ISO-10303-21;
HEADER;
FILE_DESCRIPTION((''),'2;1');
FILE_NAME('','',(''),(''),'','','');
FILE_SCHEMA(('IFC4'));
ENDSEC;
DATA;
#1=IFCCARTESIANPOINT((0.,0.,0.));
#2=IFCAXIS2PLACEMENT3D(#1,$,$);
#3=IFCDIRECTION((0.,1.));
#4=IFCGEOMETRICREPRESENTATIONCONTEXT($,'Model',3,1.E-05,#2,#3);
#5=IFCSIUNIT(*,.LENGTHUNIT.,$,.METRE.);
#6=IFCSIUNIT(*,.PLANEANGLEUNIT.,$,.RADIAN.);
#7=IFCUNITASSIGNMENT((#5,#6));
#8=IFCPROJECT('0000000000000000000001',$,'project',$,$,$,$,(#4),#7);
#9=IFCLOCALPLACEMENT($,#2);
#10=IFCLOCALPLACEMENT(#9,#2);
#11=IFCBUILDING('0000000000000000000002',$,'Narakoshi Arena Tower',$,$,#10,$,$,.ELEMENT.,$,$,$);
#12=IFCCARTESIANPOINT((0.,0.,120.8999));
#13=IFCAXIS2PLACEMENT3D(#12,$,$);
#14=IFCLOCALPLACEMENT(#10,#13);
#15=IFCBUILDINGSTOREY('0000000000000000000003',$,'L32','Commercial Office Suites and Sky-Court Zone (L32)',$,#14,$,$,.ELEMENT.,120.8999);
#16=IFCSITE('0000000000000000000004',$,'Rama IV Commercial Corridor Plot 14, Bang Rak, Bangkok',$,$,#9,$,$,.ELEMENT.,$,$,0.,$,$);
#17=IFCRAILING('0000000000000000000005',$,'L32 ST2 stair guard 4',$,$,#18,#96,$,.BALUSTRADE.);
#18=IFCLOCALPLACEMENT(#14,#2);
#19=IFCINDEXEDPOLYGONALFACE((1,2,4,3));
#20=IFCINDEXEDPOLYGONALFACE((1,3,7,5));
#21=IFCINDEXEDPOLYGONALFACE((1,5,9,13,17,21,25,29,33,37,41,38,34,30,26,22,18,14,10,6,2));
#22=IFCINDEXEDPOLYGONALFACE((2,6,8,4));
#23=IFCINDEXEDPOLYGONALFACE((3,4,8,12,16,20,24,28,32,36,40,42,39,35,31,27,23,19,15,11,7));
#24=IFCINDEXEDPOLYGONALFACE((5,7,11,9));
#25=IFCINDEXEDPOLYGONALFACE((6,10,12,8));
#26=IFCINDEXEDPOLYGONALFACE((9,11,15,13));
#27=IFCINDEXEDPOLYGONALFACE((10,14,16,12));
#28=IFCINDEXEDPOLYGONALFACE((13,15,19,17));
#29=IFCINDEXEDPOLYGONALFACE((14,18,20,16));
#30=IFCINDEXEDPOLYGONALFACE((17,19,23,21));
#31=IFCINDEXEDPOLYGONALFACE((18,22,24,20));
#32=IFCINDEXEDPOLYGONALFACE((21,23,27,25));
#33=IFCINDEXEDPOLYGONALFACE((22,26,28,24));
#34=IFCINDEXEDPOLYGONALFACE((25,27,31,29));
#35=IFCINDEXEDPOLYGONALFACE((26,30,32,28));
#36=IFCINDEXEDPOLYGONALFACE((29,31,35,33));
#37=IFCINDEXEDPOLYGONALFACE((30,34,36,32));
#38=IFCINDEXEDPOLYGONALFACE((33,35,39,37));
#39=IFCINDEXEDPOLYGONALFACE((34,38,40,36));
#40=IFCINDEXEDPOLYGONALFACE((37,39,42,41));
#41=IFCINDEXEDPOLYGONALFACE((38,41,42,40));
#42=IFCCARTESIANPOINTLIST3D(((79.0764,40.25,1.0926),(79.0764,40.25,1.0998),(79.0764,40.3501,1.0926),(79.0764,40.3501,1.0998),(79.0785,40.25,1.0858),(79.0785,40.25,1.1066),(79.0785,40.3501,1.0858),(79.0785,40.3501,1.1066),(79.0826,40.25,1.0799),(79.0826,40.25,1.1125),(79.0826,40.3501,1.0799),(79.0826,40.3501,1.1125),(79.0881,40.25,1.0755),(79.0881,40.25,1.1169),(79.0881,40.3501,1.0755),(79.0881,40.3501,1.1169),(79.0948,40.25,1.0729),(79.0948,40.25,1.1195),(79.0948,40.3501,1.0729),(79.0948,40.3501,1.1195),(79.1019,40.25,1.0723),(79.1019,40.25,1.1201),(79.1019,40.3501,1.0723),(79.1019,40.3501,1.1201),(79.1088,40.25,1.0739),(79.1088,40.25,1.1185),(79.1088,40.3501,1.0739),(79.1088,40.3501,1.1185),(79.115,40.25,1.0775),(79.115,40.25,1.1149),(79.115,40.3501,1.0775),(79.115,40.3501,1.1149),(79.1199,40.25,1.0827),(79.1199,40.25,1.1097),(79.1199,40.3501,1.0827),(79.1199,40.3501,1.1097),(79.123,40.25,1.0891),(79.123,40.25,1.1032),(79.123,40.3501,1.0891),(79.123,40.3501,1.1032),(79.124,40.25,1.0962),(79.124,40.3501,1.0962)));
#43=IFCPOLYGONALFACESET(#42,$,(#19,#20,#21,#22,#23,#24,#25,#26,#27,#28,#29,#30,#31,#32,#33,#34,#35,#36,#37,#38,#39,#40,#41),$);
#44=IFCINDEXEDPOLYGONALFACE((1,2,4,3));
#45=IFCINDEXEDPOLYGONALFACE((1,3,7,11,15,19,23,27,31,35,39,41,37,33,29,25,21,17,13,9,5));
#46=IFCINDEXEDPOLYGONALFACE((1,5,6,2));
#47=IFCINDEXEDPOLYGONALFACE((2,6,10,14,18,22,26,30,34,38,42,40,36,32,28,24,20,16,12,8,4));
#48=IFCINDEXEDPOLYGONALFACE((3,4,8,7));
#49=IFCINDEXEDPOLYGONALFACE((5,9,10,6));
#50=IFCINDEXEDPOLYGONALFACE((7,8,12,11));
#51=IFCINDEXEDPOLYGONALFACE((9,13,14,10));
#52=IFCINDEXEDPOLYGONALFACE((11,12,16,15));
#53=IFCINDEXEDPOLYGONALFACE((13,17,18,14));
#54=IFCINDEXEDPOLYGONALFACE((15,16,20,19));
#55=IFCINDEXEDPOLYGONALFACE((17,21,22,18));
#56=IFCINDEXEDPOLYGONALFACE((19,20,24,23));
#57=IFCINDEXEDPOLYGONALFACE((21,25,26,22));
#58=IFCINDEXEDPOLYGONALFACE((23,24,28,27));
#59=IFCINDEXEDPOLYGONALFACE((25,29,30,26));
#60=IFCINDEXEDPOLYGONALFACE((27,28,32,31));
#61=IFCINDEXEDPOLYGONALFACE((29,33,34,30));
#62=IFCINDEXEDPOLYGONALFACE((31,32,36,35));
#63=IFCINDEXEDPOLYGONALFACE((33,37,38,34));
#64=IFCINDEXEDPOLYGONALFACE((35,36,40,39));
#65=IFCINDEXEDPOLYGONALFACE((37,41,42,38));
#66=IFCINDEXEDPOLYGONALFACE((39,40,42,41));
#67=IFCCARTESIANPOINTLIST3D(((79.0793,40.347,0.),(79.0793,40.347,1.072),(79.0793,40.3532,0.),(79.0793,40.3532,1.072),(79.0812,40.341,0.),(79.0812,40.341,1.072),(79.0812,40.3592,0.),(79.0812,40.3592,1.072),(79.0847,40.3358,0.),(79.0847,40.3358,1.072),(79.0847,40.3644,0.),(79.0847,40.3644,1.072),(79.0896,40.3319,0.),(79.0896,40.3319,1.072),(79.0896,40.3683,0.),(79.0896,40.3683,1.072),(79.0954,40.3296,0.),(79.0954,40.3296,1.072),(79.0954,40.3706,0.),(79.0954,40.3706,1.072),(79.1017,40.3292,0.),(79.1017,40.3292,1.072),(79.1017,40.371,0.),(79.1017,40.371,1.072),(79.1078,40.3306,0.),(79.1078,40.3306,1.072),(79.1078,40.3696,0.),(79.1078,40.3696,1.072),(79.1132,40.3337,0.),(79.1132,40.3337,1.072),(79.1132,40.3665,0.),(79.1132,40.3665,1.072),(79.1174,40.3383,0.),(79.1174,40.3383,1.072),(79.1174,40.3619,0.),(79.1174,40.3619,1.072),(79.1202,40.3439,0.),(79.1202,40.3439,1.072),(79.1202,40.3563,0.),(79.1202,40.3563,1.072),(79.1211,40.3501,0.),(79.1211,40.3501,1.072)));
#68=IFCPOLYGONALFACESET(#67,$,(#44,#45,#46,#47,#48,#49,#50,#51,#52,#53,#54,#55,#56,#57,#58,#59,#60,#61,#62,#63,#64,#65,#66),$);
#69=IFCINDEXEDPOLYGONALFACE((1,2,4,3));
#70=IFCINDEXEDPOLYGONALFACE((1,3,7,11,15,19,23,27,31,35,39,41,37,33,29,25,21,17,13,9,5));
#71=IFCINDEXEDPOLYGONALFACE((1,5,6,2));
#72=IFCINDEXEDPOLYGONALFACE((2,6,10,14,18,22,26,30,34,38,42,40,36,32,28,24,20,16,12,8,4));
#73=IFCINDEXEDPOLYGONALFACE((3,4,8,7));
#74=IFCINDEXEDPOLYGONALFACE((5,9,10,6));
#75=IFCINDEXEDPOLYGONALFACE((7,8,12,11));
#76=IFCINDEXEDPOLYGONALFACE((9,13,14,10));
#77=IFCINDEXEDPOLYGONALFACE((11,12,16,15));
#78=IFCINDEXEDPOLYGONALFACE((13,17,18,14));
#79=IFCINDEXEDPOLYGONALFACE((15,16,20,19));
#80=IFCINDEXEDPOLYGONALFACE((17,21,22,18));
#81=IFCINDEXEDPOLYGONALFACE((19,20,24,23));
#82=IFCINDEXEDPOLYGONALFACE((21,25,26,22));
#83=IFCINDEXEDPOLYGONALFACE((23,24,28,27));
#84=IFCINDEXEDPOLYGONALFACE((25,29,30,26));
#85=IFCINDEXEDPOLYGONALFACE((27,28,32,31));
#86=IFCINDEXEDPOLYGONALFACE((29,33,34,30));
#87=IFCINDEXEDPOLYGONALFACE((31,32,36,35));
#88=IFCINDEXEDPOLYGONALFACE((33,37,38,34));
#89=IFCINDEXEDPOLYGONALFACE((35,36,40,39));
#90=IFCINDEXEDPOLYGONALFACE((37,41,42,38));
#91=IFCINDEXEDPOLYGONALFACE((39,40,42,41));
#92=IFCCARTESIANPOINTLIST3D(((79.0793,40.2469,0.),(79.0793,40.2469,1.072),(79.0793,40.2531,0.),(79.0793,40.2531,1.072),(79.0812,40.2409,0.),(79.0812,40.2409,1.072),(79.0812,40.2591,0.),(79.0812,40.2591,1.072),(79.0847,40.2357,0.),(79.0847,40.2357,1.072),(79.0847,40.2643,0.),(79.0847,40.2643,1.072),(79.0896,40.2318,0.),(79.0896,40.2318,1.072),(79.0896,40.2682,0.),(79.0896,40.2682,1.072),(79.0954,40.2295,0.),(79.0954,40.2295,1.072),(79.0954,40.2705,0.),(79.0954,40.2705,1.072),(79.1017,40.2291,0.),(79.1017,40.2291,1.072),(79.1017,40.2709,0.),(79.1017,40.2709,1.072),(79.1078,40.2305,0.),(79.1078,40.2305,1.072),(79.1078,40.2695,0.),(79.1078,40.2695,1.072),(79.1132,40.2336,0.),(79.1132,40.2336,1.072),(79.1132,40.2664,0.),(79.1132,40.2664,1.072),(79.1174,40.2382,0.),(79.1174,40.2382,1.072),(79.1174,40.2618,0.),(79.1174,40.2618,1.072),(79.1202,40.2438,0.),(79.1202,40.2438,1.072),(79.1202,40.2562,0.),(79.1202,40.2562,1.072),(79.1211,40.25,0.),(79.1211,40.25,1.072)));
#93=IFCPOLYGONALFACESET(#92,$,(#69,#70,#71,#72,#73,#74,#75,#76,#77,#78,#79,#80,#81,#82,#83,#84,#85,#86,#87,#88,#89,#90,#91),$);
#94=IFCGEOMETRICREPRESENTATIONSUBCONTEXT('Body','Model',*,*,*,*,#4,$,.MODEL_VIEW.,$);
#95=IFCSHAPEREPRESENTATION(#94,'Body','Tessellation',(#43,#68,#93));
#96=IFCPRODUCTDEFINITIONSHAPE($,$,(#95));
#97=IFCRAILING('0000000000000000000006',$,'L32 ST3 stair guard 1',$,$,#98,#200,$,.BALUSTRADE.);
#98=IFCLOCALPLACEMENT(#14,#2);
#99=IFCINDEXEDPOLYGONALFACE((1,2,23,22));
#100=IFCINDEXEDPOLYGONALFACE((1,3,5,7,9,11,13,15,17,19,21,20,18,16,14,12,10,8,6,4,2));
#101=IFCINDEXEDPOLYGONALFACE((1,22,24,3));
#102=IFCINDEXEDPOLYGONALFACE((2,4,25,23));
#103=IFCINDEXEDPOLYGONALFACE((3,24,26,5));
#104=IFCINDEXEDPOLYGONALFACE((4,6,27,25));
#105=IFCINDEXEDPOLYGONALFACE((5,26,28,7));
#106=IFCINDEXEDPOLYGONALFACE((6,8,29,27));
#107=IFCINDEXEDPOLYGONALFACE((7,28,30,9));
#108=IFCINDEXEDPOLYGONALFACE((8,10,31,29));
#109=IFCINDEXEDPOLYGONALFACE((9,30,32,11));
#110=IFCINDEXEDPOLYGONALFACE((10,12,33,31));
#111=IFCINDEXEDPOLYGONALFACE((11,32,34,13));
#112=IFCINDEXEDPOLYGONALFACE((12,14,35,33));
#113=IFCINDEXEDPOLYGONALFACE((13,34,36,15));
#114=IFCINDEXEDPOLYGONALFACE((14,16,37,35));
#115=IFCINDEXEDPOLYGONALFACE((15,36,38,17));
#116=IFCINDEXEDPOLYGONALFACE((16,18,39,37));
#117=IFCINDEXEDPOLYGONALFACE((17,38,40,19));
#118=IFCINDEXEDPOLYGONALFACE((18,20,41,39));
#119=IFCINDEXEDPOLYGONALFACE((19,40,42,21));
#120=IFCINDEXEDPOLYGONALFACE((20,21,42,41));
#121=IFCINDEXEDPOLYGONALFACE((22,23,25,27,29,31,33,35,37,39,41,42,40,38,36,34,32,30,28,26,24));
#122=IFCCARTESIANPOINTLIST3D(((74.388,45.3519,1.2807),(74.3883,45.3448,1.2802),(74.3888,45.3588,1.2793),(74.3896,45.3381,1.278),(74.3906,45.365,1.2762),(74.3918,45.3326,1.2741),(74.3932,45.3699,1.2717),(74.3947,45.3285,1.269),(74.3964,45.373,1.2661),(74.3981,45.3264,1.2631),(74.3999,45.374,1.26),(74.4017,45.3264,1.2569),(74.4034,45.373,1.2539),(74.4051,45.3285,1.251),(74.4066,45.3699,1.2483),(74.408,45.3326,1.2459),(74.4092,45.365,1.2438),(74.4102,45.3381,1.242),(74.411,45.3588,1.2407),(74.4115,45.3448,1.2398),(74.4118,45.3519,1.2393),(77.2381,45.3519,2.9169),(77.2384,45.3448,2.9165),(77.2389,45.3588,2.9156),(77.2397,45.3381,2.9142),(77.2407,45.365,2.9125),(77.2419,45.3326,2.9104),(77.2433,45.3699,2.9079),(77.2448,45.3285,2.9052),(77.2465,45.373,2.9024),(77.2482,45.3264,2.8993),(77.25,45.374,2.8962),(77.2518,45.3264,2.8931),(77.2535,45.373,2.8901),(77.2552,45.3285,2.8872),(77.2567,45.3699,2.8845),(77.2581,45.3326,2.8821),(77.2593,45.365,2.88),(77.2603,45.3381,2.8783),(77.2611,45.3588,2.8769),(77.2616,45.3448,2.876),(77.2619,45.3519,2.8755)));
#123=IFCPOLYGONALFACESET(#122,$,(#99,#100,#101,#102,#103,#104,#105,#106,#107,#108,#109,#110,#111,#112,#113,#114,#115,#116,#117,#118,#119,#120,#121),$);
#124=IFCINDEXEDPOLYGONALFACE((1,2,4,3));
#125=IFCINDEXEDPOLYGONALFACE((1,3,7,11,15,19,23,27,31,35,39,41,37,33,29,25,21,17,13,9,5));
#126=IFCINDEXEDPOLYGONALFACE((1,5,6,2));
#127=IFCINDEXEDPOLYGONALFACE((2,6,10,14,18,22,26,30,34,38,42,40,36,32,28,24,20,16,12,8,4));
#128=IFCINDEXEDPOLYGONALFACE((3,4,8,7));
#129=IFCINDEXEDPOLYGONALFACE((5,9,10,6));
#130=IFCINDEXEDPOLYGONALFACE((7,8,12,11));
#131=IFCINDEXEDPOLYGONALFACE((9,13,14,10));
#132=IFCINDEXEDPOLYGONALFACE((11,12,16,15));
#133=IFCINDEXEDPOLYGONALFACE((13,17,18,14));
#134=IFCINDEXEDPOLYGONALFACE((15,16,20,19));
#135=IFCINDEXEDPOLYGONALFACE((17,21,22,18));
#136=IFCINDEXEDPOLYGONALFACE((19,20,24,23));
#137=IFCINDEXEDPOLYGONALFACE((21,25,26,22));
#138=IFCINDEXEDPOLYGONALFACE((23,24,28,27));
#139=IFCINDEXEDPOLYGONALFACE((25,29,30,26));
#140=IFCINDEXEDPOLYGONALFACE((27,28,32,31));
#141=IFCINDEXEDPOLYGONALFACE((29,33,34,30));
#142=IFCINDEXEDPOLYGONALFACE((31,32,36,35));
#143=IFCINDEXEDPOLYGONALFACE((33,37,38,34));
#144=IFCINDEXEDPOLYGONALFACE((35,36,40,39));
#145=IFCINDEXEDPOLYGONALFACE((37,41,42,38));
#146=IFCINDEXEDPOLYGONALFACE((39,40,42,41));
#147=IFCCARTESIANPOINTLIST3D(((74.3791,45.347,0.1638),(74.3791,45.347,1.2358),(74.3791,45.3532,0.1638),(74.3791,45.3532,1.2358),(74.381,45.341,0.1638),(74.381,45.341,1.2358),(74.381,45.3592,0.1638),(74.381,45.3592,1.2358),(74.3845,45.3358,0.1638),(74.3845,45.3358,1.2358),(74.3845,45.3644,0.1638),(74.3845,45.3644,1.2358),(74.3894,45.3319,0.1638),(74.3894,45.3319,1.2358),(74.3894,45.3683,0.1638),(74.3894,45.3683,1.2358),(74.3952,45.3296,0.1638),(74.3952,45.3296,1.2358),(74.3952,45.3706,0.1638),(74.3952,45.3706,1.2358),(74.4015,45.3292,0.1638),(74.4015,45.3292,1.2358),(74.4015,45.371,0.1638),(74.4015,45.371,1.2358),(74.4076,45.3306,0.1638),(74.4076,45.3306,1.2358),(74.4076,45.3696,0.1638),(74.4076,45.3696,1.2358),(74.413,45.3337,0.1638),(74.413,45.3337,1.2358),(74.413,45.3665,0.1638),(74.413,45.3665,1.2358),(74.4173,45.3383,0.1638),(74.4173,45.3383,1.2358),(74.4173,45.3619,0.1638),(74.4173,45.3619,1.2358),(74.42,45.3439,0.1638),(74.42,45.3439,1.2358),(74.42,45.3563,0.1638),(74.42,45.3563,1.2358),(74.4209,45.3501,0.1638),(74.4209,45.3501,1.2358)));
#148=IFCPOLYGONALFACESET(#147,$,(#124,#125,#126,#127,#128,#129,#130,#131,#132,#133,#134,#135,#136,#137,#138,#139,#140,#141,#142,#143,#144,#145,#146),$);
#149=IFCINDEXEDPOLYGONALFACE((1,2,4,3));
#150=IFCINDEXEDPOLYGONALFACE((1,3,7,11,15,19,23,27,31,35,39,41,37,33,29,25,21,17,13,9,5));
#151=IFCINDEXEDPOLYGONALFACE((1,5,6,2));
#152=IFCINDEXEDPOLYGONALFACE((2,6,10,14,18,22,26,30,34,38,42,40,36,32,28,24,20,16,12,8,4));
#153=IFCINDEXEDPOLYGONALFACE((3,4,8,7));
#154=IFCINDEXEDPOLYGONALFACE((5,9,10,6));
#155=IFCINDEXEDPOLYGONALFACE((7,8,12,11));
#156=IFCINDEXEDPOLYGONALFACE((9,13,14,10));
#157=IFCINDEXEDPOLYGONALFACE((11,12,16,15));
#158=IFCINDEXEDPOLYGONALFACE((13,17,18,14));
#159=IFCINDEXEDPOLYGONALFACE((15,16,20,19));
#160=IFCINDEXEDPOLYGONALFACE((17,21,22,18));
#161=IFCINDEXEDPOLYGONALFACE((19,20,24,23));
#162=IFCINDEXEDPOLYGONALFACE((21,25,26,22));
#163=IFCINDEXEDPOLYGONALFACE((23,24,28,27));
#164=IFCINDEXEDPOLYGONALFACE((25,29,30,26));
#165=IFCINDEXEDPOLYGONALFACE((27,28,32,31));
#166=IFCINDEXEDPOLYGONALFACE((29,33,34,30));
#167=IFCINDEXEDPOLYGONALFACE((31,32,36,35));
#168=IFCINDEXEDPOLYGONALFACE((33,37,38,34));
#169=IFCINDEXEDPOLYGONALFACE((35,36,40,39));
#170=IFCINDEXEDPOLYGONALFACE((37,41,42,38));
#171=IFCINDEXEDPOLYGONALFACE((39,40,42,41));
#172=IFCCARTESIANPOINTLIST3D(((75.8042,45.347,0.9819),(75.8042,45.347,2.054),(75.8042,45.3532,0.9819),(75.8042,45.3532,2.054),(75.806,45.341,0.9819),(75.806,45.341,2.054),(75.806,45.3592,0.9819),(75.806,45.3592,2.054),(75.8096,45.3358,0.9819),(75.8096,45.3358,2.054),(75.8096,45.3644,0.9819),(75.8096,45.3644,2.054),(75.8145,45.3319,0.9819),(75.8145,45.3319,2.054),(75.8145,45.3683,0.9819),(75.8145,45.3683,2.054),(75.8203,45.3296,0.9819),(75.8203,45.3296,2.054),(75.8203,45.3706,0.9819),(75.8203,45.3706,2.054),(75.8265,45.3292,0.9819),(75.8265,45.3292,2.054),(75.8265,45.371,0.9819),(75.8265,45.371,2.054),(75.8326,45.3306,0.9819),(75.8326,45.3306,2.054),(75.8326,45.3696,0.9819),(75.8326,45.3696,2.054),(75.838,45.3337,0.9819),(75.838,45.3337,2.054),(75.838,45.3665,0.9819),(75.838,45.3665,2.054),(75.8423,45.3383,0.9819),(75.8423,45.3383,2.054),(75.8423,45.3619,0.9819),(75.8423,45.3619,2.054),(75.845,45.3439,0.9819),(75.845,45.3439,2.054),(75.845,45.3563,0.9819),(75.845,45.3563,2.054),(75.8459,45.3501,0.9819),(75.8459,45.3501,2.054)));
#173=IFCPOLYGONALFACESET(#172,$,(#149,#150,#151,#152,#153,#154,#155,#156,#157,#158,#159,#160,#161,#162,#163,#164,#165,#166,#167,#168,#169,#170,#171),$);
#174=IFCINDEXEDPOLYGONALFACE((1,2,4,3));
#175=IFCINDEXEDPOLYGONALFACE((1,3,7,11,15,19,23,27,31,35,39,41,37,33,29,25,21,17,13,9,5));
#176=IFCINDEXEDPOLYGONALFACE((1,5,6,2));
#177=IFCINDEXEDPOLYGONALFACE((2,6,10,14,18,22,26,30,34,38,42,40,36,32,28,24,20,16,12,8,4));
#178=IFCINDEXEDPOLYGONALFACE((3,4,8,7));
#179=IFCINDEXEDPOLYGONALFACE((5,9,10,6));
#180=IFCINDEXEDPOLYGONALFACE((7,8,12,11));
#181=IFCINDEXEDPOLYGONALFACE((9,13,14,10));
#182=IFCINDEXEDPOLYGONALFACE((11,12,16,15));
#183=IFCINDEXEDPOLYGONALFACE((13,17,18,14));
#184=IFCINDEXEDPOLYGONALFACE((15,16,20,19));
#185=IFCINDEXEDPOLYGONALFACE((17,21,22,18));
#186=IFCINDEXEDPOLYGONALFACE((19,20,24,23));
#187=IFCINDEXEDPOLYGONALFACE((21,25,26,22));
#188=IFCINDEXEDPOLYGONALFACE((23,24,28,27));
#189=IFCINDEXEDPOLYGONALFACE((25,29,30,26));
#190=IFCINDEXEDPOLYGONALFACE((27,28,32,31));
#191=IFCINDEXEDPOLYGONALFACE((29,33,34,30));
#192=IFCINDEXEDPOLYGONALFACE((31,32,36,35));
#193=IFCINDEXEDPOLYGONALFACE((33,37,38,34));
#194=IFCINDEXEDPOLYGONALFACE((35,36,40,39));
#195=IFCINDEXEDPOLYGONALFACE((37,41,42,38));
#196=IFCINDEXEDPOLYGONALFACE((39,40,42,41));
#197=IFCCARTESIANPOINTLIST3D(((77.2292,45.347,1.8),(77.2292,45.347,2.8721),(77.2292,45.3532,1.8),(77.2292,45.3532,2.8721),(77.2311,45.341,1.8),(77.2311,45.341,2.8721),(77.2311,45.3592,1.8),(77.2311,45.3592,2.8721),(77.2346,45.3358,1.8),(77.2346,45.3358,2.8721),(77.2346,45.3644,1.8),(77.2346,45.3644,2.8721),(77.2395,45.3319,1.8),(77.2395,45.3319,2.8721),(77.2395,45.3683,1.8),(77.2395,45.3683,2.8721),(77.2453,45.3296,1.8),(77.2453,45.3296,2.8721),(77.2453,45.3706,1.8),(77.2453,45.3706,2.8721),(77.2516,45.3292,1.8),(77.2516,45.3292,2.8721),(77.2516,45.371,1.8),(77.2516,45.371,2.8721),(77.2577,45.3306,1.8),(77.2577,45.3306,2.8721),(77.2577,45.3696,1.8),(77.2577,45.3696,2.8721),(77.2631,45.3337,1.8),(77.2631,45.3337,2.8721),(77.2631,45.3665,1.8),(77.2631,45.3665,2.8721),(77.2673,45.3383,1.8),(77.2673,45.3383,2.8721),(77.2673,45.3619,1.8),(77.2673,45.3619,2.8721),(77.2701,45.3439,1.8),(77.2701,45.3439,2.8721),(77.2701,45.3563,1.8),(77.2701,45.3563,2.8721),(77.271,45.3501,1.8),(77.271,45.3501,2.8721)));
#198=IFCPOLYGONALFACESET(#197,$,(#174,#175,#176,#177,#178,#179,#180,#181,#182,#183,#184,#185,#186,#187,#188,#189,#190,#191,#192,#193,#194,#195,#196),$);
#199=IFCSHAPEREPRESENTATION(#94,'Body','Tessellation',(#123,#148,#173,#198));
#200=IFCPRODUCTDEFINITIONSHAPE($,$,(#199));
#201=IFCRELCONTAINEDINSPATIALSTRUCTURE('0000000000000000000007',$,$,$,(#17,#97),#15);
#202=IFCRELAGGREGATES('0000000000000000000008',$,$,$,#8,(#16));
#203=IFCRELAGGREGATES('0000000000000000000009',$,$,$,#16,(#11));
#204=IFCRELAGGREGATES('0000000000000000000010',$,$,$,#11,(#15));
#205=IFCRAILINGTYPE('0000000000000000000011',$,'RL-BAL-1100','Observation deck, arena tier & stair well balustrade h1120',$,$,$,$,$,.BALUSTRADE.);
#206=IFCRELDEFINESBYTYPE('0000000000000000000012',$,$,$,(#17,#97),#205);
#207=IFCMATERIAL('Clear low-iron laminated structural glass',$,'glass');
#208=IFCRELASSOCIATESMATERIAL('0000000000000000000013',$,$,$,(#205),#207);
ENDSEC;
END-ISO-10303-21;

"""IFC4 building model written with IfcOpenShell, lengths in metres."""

from ifc_helpers import new_model, si_unit, direction, frame, origin, origin_2d, place, context, subcontext, project, spatial, circle, extrude, material, type_object, element, save


model = new_model("IFC4")

# Units and contexts
model_context = context("Model", 3, precision=1e-05, world=origin(), true_north=direction((0.0, 1.0)))
body_context = subcontext(model_context, "Body", "Model", "MODEL_VIEW")
ifc_project = project(units=[si_unit("LENGTHUNIT", "METRE"), si_unit("PLANEANGLEUNIT", "RADIAN")], contexts=[model_context])

# Site, building, storey
site_placement = place(None, origin())
site = spatial("IfcSite", under=ifc_project, at=site_placement, Name="Rama IV Commercial Corridor Plot 14, Bang Rak, Bangkok", CompositionType="ELEMENT", RefElevation=0.0)
building_placement = place(site_placement, origin())
building = spatial("IfcBuilding", under=site, at=building_placement, Name="Narakoshi Arena Tower", CompositionType="ELEMENT")
storey_placement = place(building_placement, frame((0.0, 0.0, 120.8999)))
storey = spatial("IfcBuildingStorey", under=building, at=storey_placement, Name="L32", Description="Commercial Office Suites and Sky-Court Zone (L32)", CompositionType="ELEMENT", Elevation=120.8999)

# Railings
ifc_material_1 = material(Name="Clear low-iron laminated structural glass", Category="glass")
railing_type_1 = type_object("IfcRailingType", Name="RL-BAL-1100", Description="Observation deck, arena tier & stair well balustrade h1120", PredefinedType="BALUSTRADE", material=ifc_material_1)
railing_1_placement = place(storey_placement, frame((79.1001, 40.3501, 0.0)))
element("IfcRailing", 1, at=railing_1_placement, inside=storey, type_object=railing_type_1, Name="L32 ST2 stair guard 4", PredefinedType="BALUSTRADE", context=body_context, shape_type="SweptSolid", body=[
    extrude(circle(Radius=0.0239, at=origin_2d()), frame((0.0, 0.0, 1.0962), z_axis=(0.0, -1.0, 0.0), x_axis=(1.0, 0.0, 0.0)), (0.0, 0.0, 1.0), 0.1001),
    extrude(circle(Radius=0.021, at=origin_2d()), origin(), (0.0, 0.0, 1.0), 1.072),
    extrude(circle(Radius=0.021, at=origin_2d()), frame((0.0, -0.1001, 0.0)), (0.0, 0.0, 1.0), 1.072),
])
railing_2_placement = place(storey_placement, frame((74.3999, 45.3501, 0.1638)))
element("IfcRailing", 2, at=railing_2_placement, inside=storey, type_object=railing_type_1, Name="L32 ST3 stair guard 1", PredefinedType="BALUSTRADE", context=body_context, shape_type="SweptSolid", body=[
    extrude(circle(Radius=0.0239, at=origin_2d()), frame((0.0, 0.0, 1.0962), z_axis=(0.867245, 0.0, 0.497882), x_axis=(0.0, 1.0, 0.0)), (0.0, 0.0, 1.0), 3.2864),
    extrude(circle(Radius=0.021, at=origin_2d()), origin(), (0.0, 0.0, 1.0), 1.072),
    extrude(circle(Radius=0.021, at=origin_2d()), frame((1.425, 0.0, 0.8181)), (0.0, 0.0, 1.0), 1.072),
    extrude(circle(Radius=0.021, at=origin_2d()), frame((2.8501, 0.0, 1.6362)), (0.0, 0.0, 1.0), 1.072),
])

save(model, "model.ifc")
